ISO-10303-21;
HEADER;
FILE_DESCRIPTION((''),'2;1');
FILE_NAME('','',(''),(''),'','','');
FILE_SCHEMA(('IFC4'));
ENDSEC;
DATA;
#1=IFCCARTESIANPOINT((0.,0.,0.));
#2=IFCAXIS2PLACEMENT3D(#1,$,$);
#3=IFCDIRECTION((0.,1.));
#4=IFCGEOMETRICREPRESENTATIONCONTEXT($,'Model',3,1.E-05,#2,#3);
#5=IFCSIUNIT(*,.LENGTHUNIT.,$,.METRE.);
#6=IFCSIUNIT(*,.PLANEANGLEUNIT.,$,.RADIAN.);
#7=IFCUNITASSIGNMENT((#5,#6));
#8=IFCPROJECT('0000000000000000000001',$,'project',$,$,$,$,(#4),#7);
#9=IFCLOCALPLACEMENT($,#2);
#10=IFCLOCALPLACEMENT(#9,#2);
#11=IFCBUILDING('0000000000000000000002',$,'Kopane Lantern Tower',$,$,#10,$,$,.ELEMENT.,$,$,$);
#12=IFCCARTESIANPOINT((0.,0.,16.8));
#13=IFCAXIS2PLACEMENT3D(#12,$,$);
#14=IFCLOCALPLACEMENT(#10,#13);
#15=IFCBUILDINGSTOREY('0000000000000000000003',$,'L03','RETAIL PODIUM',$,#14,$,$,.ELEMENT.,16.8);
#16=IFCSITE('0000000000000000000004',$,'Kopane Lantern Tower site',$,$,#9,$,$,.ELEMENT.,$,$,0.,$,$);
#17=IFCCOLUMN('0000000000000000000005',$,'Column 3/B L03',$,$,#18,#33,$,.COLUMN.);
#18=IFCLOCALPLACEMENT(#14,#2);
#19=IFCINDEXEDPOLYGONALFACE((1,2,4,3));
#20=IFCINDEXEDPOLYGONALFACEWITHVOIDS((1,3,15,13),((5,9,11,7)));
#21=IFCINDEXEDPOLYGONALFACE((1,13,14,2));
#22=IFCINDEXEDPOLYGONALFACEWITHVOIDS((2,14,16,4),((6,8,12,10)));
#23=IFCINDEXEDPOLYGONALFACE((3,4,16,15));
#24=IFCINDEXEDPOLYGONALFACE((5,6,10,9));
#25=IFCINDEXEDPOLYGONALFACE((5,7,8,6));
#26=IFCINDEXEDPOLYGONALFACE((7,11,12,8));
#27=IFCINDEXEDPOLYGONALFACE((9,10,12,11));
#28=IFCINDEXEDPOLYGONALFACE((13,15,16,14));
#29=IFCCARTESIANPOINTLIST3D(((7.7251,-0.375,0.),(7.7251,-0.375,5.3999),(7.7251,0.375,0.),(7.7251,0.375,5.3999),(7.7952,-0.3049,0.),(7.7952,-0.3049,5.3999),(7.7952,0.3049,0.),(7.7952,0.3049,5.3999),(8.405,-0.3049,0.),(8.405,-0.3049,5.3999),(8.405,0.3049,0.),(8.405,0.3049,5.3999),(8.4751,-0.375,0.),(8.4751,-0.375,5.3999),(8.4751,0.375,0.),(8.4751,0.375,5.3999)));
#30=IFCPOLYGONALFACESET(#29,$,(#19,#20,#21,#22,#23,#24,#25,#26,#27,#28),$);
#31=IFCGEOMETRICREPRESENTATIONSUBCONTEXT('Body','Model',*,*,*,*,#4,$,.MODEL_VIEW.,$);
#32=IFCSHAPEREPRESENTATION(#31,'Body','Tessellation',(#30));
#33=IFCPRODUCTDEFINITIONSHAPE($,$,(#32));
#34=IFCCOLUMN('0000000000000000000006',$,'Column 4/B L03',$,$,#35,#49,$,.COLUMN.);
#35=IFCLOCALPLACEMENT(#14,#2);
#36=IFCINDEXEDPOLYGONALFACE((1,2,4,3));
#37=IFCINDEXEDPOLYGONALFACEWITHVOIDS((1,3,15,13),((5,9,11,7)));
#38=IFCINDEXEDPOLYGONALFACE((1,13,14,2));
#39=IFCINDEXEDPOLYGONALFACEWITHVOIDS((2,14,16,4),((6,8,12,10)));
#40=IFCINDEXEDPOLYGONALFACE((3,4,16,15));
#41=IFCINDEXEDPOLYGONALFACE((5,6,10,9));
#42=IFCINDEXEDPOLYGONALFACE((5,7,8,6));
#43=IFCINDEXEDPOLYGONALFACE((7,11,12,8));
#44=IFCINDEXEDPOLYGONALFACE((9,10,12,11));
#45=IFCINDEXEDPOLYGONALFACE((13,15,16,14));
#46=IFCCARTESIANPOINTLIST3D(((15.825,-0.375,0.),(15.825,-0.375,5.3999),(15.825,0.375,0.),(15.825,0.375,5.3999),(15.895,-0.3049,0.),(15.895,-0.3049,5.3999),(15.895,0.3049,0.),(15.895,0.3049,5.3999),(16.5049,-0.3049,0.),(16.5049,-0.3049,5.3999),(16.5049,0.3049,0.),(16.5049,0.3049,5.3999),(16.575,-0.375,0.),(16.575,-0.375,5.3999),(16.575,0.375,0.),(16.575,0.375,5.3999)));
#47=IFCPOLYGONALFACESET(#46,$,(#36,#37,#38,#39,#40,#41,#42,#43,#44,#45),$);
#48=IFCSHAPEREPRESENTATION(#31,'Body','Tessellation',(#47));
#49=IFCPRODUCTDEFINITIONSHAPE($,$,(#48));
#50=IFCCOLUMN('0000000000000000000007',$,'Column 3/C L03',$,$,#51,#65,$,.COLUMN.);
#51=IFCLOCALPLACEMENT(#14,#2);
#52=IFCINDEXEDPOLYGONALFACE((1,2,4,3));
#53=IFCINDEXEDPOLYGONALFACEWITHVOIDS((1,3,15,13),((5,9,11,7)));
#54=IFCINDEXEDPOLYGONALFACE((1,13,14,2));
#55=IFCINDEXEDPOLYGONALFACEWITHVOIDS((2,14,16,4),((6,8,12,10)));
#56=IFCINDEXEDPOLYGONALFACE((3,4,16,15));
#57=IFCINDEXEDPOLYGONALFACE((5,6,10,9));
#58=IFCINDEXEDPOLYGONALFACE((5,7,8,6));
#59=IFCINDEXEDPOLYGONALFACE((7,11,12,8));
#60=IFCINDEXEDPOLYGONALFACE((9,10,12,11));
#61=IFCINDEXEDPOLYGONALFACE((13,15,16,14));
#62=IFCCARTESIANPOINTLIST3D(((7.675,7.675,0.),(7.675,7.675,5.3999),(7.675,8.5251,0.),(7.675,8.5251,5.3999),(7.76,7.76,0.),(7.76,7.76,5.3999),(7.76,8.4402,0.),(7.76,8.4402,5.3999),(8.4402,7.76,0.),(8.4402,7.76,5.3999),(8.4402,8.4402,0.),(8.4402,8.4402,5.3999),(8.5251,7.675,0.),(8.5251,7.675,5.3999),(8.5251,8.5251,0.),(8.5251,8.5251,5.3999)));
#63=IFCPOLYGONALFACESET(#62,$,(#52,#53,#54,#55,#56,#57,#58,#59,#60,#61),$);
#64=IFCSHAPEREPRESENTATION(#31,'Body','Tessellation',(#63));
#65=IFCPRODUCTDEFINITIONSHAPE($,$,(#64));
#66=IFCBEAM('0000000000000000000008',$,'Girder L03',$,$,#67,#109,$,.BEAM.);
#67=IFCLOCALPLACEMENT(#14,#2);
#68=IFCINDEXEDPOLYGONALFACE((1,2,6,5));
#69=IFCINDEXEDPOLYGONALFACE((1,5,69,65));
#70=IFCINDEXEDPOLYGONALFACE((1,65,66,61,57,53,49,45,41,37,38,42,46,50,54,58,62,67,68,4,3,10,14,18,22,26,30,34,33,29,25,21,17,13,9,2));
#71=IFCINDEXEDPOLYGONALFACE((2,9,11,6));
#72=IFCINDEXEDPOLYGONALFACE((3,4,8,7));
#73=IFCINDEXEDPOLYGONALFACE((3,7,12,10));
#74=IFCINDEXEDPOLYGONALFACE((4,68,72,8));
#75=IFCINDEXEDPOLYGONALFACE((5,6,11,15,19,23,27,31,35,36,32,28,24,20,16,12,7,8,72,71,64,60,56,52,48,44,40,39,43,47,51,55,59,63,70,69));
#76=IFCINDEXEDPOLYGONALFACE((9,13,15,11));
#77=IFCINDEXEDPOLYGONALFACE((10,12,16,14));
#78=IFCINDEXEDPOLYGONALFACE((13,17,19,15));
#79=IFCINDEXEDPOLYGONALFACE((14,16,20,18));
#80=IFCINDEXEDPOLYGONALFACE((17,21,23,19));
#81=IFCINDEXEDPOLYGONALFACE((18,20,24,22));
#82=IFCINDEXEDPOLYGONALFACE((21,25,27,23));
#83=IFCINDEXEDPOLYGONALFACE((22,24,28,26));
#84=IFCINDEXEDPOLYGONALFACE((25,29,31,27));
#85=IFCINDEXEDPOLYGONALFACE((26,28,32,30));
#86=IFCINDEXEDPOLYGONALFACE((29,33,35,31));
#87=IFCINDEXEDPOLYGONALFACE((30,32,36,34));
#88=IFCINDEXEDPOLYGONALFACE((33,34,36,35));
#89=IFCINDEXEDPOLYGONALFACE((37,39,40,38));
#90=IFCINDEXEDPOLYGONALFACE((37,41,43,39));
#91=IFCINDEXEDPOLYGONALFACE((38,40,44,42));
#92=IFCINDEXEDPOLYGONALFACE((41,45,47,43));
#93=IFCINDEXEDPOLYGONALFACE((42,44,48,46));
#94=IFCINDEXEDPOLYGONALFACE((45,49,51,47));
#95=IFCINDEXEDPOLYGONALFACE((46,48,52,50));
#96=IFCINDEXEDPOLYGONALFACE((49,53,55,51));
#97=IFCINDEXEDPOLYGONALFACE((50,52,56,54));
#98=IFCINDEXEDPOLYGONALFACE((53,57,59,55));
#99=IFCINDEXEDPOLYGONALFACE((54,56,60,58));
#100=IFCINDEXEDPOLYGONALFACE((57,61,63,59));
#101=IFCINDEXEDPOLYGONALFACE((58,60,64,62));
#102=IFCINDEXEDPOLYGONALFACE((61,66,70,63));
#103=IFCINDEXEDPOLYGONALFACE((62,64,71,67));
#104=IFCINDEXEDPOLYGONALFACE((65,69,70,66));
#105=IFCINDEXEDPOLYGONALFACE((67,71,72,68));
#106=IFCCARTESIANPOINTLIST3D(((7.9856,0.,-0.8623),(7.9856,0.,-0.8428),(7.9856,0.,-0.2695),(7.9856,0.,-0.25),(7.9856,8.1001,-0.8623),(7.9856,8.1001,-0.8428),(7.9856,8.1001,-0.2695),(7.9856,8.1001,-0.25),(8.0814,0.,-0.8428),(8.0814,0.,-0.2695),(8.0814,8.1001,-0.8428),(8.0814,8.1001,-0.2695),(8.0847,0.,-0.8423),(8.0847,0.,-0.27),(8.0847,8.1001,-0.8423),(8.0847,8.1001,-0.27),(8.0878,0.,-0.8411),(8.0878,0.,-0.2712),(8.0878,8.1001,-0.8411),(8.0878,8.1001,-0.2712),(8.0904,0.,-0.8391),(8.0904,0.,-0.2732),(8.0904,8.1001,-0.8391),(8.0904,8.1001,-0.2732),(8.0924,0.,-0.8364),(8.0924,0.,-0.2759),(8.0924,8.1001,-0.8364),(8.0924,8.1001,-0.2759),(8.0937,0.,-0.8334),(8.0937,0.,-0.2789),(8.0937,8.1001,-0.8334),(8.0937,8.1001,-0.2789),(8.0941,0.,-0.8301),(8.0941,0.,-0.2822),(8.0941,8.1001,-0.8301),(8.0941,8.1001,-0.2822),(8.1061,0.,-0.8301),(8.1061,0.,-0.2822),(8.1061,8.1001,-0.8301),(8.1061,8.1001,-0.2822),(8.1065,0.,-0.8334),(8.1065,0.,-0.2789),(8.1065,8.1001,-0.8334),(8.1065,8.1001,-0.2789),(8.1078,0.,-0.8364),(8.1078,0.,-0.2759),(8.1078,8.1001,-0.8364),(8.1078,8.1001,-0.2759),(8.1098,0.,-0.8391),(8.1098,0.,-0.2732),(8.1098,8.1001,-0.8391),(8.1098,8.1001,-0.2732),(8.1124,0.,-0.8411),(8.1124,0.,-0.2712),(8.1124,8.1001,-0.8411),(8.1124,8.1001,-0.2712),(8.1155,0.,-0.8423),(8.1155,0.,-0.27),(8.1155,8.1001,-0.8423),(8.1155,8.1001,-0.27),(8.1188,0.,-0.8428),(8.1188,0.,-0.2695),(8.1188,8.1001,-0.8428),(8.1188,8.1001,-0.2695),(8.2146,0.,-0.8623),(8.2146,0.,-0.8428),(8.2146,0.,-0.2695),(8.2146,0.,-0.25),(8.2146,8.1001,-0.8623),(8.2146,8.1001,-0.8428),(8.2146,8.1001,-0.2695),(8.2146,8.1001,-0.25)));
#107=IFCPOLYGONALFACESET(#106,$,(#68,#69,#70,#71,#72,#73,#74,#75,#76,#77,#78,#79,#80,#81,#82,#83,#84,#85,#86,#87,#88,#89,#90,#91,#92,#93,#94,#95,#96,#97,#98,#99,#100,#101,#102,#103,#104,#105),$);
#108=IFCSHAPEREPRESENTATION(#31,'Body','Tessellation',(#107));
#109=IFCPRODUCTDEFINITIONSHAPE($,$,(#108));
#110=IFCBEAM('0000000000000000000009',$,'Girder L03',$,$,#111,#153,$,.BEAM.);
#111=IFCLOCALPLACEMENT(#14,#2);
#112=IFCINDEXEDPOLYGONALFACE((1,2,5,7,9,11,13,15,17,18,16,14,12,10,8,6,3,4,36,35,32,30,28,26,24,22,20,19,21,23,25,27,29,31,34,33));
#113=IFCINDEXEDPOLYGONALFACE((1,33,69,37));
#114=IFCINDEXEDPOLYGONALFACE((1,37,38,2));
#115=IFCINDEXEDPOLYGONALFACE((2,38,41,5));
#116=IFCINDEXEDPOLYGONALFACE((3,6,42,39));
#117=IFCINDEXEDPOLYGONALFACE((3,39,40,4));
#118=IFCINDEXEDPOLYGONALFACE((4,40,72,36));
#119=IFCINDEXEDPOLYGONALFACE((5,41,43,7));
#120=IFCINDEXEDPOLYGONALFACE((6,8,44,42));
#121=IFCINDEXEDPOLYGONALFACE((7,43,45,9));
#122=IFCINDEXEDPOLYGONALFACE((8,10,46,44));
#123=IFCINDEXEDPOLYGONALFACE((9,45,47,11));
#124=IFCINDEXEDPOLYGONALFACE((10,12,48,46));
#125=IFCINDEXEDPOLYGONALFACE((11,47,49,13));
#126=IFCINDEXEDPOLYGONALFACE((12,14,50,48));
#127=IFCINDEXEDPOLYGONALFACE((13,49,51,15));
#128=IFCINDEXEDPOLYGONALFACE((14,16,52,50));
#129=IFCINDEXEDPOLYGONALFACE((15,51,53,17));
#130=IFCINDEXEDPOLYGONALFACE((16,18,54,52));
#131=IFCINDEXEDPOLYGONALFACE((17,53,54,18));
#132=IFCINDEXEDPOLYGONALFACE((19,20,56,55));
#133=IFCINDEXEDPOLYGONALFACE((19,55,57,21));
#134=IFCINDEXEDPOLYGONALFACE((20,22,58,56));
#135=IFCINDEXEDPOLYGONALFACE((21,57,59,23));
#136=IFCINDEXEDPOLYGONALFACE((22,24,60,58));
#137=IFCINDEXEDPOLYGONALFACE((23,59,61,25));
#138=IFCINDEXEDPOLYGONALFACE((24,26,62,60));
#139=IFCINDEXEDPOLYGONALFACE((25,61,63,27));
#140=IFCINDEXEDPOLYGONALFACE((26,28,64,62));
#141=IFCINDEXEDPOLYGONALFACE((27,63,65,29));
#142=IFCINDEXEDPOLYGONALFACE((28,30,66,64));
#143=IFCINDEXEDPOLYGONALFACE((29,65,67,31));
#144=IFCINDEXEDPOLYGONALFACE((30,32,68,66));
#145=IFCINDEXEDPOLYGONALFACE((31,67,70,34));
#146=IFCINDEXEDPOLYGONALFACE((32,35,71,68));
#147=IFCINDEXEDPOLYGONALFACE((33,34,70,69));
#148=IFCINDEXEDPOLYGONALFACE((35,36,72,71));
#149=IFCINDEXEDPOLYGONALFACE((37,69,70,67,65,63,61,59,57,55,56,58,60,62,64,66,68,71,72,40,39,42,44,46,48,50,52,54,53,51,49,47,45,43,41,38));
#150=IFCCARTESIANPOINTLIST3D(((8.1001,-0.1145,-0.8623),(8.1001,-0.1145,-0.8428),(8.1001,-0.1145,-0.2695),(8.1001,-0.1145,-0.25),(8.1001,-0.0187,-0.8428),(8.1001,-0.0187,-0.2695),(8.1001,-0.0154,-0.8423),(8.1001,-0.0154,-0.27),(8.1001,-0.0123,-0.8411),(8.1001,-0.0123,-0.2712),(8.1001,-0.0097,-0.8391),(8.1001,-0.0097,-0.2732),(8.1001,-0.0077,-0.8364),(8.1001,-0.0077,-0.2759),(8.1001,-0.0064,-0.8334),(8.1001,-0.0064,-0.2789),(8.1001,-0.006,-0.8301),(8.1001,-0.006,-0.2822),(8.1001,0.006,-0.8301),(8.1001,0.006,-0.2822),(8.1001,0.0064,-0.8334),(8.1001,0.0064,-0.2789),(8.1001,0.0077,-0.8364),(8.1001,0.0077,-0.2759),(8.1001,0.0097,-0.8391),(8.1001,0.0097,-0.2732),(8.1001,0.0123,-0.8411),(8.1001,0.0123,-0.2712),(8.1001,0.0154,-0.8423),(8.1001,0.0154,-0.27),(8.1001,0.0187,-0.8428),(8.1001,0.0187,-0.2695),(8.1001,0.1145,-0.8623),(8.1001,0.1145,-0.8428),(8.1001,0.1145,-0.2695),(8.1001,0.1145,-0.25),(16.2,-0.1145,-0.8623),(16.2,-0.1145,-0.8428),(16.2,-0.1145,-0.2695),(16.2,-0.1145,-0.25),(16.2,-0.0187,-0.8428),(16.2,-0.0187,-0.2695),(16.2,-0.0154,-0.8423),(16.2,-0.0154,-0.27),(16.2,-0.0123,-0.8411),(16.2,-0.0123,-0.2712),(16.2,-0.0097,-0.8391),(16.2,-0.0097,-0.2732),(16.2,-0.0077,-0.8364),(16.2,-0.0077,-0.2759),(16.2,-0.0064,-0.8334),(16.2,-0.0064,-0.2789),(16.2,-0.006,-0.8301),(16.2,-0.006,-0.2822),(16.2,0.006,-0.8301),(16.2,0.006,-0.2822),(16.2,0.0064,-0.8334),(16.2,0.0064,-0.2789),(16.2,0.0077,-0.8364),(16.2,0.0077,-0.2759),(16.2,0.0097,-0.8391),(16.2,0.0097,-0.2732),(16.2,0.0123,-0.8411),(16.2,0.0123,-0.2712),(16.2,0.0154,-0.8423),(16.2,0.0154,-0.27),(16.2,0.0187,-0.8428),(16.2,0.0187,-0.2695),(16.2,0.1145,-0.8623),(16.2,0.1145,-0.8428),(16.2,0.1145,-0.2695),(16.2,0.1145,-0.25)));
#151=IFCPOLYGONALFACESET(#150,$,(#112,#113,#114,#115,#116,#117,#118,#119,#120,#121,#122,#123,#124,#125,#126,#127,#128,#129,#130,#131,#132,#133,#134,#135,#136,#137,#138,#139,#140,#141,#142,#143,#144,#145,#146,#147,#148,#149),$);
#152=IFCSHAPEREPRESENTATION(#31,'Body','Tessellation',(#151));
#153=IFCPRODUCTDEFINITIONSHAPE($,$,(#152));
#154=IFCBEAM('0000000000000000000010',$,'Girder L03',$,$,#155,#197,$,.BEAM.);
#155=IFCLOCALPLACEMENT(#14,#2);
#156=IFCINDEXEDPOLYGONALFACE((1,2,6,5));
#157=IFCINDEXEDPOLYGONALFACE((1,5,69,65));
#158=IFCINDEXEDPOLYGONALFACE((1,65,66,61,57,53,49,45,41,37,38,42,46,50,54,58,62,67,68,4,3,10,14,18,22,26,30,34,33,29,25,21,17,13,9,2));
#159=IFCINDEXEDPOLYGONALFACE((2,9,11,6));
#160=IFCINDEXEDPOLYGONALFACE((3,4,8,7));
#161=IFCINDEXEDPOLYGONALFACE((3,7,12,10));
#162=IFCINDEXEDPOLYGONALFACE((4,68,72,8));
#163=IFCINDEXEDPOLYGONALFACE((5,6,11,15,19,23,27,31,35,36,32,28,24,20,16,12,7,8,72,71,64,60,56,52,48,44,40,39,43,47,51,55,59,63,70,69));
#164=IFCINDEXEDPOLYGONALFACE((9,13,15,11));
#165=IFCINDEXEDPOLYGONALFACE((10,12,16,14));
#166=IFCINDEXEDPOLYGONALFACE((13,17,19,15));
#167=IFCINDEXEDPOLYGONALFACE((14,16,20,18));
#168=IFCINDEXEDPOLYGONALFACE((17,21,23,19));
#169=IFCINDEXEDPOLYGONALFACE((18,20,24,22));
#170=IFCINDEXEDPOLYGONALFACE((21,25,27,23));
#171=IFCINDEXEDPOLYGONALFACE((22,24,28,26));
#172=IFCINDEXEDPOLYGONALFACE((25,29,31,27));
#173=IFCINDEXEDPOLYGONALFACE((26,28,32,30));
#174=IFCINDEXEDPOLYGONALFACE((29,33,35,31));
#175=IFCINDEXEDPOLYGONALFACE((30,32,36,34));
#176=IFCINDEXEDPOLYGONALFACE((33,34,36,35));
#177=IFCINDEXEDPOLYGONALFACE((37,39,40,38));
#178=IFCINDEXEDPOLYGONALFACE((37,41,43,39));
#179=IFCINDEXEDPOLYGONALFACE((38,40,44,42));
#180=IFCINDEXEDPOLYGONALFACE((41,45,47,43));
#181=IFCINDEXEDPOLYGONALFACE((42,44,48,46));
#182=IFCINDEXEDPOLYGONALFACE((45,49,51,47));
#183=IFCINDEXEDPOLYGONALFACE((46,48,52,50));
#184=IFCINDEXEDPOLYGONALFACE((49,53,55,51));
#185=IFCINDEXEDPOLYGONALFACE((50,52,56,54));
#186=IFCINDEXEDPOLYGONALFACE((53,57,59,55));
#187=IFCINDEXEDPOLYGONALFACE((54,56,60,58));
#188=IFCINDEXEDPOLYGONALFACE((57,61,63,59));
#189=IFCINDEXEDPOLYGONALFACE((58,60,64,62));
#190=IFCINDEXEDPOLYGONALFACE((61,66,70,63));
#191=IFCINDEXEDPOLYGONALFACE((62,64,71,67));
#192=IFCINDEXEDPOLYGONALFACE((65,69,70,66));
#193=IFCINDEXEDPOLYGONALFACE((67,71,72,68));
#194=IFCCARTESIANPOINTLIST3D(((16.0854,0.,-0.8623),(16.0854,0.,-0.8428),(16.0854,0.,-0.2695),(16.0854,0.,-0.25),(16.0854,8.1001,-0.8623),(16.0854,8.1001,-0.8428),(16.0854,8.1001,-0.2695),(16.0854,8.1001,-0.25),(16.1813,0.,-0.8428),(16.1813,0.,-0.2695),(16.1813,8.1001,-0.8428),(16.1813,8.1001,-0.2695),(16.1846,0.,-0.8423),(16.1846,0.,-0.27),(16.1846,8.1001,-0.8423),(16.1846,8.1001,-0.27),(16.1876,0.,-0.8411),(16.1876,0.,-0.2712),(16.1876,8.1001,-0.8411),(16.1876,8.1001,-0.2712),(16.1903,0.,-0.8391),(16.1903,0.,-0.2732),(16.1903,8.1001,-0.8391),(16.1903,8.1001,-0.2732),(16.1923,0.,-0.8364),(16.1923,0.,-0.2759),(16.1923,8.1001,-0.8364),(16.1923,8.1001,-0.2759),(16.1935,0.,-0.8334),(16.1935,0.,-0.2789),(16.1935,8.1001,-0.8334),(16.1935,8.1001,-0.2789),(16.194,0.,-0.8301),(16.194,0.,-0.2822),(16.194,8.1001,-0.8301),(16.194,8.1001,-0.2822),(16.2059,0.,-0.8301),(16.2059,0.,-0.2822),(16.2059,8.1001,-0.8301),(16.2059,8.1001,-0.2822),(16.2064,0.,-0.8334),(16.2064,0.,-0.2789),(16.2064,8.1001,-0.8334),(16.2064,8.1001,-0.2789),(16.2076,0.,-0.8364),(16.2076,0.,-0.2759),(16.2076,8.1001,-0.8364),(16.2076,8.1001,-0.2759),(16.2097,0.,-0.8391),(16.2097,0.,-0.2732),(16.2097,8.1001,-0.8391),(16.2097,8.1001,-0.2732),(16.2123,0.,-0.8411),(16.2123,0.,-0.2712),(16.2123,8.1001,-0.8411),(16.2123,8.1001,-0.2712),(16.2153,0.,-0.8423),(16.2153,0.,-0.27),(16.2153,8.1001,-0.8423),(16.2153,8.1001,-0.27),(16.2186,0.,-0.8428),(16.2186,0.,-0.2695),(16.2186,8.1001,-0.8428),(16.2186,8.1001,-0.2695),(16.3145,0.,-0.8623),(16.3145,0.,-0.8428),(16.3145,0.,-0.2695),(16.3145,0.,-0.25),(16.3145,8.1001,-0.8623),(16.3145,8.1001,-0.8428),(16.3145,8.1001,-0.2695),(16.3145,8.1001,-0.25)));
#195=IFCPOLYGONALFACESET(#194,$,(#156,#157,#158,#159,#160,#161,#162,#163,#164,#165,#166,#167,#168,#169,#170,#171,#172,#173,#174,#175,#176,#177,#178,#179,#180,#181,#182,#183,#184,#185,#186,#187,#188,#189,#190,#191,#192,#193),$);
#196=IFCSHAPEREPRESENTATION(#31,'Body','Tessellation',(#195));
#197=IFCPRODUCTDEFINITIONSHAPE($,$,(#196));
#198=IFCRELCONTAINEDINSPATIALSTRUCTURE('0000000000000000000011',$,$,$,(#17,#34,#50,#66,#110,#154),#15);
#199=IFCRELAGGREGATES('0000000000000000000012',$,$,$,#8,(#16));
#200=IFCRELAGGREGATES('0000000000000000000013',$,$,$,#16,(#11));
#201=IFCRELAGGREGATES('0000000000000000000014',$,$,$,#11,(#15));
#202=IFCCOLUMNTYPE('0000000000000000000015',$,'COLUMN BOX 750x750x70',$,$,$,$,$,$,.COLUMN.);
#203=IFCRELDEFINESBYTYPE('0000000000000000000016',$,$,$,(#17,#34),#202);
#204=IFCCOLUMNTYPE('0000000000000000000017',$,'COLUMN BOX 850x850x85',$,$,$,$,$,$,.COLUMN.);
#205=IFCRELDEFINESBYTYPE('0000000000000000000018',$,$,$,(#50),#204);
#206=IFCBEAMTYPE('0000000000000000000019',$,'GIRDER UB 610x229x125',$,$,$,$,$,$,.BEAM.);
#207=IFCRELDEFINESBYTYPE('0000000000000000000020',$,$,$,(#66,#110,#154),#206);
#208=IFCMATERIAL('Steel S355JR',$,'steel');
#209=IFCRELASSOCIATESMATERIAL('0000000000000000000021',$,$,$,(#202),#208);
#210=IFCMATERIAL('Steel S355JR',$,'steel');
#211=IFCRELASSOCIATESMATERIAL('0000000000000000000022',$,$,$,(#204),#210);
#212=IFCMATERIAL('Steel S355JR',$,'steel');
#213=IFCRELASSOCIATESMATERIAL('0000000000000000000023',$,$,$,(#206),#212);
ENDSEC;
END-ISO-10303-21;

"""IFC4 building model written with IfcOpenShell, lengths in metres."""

from ifc_helpers import new_model, si_unit, direction, frame, origin, origin_2d, place, context, subcontext, project, spatial, hollow_rectangle, i_section, extrude, material, material_profile, profile_set, type_object, element, save


model = new_model("IFC4")

# Units and contexts
model_context = context("Model", 3, precision=1e-05, world=origin(), true_north=direction((0.0, 1.0)))
body_context = subcontext(model_context, "Body", "Model", "MODEL_VIEW")
ifc_project = project(units=[si_unit("LENGTHUNIT", "METRE"), si_unit("PLANEANGLEUNIT", "RADIAN")], contexts=[model_context])

# Site, building, storey
site_placement = place(None, origin())
site = spatial("IfcSite", under=ifc_project, at=site_placement, Name="Kopane Lantern Tower site", CompositionType="ELEMENT", RefElevation=0.0)
building_placement = place(site_placement, origin())
building = spatial("IfcBuilding", under=site, at=building_placement, Name="Kopane Lantern Tower", CompositionType="ELEMENT")
storey_placement = place(building_placement, frame((0.0, 0.0, 16.8)))
storey = spatial("IfcBuildingStorey", under=building, at=storey_placement, Name="L03", Description="RETAIL PODIUM", CompositionType="ELEMENT", Elevation=16.8)

# Columns
ifc_material_1 = material(Name="Steel S355JR", Category="steel")
ifc_material_profile_1 = material_profile(ifc_material_1, hollow_rectangle(XDim=0.75, YDim=0.75, WallThickness=0.0701, at=origin_2d()), Name="BOX 750x750x70")
ifc_profile_set_1 = profile_set([ifc_material_profile_1], Name="Steel S355JR")
column_type_1 = type_object("IfcColumnType", Name="COLUMN BOX 750x750x70", PredefinedType="COLUMN", material=ifc_profile_set_1)
for number, where, z_axis, x_axis, name in (
    (1, (8.1001, 0.0, 0.0), (0.0, 0.0, 1.0), (1.0, 0.0, 0.0), "Column 3/B L03"),
    (2, (16.2, 0.0, 0.0), (0.0, 0.0, 1.0), (1.0, 0.0, 0.0), "Column 4/B L03"),
):
    element("IfcColumn", number, at=place(storey_placement, frame(where, z_axis=z_axis, x_axis=x_axis)), inside=storey, type_object=column_type_1, Name=name, PredefinedType="COLUMN", context=body_context, shape_type="SweptSolid", body=[
        extrude(hollow_rectangle(XDim=0.75, YDim=0.75, WallThickness=0.0701, at=origin_2d()), origin(), (0.0, 0.0, 1.0), 5.3999),
    ])
ifc_material_2 = material(Name="Steel S355JR", Category="steel")
ifc_material_profile_2 = material_profile(ifc_material_2, hollow_rectangle(XDim=0.8501, YDim=0.8501, WallThickness=0.085, at=origin_2d()), Name="BOX 850x850x85")
ifc_profile_set_2 = profile_set([ifc_material_profile_2], Name="Steel S355JR")
column_type_2 = type_object("IfcColumnType", Name="COLUMN BOX 850x850x85", PredefinedType="COLUMN", material=ifc_profile_set_2)
column_placement = place(storey_placement, frame((8.1001, 8.1001, 0.0), z_axis=(0.0, 0.0, 1.0), x_axis=(1.0, 0.0, 0.0)))
element("IfcColumn", 3, at=column_placement, inside=storey, type_object=column_type_2, Name="Column 3/C L03", PredefinedType="COLUMN", context=body_context, shape_type="SweptSolid", body=[
    extrude(hollow_rectangle(XDim=0.8501, YDim=0.8501, WallThickness=0.085, at=origin_2d()), origin(), (0.0, 0.0, 1.0), 5.3999),
])

# Beams
ifc_material_3 = material(Name="Steel S355JR", Category="steel")
ifc_material_profile_3 = material_profile(ifc_material_3, i_section(OverallWidth=0.229, OverallDepth=0.6123, WebThickness=0.012, FlangeThickness=0.0195, FilletRadius=0.0127, at=origin_2d()), Name="UB 610x229x125")
ifc_profile_set_3 = profile_set([ifc_material_profile_3], Name="Steel S355JR")
beam_type = type_object("IfcBeamType", Name="GIRDER UB 610x229x125", PredefinedType="BEAM", material=ifc_profile_set_3)
beam_1_placement = place(storey_placement, frame((8.1001, 0.0, -0.5562), z_axis=(0.0, 1.0, 0.0), x_axis=(-1.0, 0.0, 0.0)))
element("IfcBeam", 4, at=beam_1_placement, inside=storey, type_object=beam_type, Name="Girder L03", PredefinedType="BEAM", context=body_context, shape_type="SweptSolid", body=[
    extrude(i_section(OverallWidth=0.229, OverallDepth=0.6123, WebThickness=0.012, FlangeThickness=0.0195, FilletRadius=0.0127, at=origin_2d()), origin(), (0.0, 0.0, 1.0), 8.1001),
])
beam_2_placement = place(storey_placement, frame((8.1001, 0.0, -0.5562), z_axis=(1.0, 0.0, 0.0), x_axis=(0.0, 1.0, 0.0)))
element("IfcBeam", 5, at=beam_2_placement, inside=storey, type_object=beam_type, Name="Girder L03", PredefinedType="BEAM", context=body_context, shape_type="SweptSolid", body=[
    extrude(i_section(OverallWidth=0.229, OverallDepth=0.6123, WebThickness=0.012, FlangeThickness=0.0195, FilletRadius=0.0127, at=origin_2d()), origin(), (0.0, 0.0, 1.0), 8.0999),
])
for number, where, z_axis, x_axis, name in (
    (6, (16.2, 0.0, -0.5562), (0.0, 1.0, 0.0), (-1.0, 0.0, 0.0), "Girder L03"),
):
    element("IfcBeam", number, at=place(storey_placement, frame(where, z_axis=z_axis, x_axis=x_axis)), inside=storey, type_object=beam_type, Name=name, PredefinedType="BEAM", context=body_context, shape_type="SweptSolid", body=[
        extrude(i_section(OverallWidth=0.229, OverallDepth=0.6123, WebThickness=0.012, FlangeThickness=0.0195, FilletRadius=0.0127, at=origin_2d()), origin(), (0.0, 0.0, 1.0), 8.1001),
    ])

save(model, "model.ifc")
